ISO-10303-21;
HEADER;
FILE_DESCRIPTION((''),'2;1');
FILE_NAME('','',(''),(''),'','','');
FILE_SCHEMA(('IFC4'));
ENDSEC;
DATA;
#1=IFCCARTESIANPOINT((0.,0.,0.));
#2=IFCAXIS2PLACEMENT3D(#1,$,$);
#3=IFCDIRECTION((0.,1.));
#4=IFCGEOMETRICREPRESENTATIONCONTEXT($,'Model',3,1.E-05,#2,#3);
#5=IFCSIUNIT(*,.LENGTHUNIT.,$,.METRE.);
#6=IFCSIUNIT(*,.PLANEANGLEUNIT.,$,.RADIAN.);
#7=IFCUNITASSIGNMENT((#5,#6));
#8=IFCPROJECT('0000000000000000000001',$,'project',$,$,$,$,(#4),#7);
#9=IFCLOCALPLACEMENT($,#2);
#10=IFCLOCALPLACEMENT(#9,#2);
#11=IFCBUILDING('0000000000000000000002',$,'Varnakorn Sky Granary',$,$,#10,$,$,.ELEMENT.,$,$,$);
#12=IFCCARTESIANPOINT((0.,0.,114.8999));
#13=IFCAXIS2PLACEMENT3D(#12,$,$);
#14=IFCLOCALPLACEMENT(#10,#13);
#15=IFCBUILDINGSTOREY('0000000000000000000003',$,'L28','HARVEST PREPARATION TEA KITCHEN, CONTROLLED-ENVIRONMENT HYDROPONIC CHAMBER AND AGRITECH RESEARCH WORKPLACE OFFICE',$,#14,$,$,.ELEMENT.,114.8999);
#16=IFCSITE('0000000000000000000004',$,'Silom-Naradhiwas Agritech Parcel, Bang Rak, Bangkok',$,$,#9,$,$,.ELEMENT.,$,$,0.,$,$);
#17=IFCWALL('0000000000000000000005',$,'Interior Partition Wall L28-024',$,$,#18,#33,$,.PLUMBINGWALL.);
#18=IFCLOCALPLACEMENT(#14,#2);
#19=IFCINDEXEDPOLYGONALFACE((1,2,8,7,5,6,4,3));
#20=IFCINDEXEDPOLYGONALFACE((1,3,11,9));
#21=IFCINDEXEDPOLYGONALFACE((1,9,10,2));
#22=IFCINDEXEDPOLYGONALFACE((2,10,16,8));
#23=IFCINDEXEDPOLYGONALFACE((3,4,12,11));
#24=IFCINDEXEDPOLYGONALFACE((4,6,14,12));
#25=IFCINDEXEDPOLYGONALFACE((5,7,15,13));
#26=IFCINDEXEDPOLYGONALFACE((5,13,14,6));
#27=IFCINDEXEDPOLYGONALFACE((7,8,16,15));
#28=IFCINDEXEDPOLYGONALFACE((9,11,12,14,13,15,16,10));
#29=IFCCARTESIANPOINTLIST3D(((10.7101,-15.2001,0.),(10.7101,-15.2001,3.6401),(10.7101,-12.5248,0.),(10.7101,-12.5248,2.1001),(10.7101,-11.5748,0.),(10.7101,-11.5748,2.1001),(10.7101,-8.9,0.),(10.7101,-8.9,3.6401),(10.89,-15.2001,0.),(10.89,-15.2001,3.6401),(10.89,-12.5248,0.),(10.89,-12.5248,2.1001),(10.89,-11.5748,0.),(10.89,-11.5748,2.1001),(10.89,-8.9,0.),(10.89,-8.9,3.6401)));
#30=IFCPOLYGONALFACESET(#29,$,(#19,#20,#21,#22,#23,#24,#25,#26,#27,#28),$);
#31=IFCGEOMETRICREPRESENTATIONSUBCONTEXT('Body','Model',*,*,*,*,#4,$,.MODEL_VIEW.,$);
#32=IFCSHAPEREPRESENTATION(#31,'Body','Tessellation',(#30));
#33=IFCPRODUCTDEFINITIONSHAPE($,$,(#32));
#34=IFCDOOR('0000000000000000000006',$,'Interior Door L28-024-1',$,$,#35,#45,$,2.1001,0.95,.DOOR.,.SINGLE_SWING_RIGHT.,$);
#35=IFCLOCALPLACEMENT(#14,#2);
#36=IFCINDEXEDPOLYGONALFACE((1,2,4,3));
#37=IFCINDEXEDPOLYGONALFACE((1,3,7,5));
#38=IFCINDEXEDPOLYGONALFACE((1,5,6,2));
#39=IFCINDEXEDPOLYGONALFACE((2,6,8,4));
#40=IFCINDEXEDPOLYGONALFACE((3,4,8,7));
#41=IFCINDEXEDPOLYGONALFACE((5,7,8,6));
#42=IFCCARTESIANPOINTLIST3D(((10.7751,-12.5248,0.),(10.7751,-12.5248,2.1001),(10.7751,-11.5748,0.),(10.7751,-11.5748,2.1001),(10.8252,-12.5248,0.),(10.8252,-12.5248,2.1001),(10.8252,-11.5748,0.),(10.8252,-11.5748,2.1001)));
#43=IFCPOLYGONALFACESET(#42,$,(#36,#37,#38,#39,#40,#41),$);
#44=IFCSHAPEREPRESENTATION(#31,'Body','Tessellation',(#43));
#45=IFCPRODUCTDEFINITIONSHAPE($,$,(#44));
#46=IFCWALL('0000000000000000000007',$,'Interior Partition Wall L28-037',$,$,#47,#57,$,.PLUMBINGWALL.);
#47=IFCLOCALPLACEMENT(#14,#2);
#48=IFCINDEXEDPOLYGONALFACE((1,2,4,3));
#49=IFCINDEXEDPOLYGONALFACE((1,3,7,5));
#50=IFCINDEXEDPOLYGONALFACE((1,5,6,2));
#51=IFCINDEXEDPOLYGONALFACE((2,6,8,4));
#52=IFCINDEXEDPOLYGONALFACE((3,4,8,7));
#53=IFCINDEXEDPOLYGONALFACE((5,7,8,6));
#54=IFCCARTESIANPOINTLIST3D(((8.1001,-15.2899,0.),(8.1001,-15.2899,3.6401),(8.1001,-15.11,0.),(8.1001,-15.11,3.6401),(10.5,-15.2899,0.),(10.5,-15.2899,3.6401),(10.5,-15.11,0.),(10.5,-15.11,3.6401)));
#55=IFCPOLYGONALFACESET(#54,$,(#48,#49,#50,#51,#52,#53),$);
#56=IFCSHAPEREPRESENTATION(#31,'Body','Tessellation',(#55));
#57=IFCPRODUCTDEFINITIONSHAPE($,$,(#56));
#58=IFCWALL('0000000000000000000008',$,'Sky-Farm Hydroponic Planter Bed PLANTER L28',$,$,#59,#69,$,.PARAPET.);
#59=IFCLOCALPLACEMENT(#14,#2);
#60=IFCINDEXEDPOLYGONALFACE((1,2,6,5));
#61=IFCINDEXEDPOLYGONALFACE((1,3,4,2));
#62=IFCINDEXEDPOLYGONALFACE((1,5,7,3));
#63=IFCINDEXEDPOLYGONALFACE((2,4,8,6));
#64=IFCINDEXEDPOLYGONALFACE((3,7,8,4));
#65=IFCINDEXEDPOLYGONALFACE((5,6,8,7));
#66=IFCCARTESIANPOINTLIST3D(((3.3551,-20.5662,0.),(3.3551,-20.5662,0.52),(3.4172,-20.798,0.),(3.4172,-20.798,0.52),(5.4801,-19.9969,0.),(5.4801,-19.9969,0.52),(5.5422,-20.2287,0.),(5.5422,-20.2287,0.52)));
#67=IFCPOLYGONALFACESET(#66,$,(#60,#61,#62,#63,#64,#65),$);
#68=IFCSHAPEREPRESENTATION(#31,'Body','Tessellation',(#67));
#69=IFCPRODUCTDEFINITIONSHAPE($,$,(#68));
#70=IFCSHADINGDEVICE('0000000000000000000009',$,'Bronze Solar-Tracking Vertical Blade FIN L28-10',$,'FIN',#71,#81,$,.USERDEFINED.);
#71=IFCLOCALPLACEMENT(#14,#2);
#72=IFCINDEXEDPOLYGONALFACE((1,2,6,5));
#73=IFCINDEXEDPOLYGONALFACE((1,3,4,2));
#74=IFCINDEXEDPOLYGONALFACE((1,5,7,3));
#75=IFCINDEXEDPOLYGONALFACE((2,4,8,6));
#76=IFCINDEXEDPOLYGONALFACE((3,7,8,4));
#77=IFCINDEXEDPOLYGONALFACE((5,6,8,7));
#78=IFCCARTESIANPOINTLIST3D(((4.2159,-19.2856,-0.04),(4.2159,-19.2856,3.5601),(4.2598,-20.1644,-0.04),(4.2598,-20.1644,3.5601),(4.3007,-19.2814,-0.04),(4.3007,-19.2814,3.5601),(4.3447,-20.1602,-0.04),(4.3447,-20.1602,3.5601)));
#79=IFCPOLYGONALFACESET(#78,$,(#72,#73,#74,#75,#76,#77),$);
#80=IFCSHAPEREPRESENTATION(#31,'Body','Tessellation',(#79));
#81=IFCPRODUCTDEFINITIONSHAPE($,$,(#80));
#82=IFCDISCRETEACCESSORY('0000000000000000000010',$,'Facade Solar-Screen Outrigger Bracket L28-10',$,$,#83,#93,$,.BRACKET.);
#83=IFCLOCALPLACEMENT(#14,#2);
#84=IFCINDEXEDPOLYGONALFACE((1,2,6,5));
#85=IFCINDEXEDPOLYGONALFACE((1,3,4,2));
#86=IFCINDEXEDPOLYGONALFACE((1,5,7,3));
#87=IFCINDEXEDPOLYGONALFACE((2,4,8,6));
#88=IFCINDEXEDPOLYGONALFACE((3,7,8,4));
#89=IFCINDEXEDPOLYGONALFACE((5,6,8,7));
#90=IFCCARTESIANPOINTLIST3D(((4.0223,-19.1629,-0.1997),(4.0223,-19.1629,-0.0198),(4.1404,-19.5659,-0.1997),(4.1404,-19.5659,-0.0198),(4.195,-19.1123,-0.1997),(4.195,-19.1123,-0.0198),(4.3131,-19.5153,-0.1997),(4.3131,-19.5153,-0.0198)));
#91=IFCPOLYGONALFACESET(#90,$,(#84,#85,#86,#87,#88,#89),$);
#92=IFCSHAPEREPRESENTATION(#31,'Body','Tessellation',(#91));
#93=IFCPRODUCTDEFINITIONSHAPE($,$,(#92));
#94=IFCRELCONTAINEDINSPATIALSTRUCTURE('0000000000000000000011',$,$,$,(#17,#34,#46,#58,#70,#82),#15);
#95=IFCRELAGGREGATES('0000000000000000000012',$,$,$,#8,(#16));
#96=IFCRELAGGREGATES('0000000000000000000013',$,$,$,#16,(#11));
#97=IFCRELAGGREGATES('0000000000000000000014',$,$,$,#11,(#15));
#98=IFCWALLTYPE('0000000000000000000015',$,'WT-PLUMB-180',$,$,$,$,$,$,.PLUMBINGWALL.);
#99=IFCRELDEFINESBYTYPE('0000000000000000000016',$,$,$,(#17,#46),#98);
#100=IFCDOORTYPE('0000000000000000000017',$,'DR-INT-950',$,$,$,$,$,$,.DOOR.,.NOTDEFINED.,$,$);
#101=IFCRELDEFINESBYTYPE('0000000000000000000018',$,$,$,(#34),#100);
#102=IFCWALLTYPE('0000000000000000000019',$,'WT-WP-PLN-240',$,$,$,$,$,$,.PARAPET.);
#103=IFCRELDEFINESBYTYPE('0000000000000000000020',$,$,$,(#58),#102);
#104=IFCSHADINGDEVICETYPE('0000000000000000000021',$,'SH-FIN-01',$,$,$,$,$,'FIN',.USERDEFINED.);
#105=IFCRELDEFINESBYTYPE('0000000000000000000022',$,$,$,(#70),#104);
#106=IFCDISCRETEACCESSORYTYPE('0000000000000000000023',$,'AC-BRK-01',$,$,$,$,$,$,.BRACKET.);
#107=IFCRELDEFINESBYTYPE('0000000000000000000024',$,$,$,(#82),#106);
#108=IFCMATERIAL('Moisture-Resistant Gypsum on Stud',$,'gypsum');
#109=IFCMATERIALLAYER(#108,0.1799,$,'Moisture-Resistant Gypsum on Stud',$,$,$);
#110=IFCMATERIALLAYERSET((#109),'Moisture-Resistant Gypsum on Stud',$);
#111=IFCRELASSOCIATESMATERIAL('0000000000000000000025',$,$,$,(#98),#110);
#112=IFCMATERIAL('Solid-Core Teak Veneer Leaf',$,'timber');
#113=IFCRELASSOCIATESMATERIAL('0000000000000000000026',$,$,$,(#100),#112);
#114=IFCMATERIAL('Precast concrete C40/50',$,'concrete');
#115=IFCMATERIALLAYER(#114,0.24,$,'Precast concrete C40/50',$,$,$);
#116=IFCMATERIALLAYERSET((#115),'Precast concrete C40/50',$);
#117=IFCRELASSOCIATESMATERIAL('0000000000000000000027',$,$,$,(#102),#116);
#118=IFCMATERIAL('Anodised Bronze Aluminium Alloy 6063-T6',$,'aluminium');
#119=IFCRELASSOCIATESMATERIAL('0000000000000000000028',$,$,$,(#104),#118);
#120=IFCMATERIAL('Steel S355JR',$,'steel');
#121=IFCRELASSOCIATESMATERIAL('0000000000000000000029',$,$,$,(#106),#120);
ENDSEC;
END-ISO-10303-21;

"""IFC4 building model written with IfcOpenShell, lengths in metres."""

from ifc_helpers import new_model, si_unit, direction, frame, frame_2d, origin, origin_2d, place, context, subcontext, project, spatial, rectangle, extrude, source, transform, mapped, material, layer, layer_set, type_object, type_shapes, element, fill, save


model = new_model("IFC4")

# Units and contexts
model_context = context("Model", 3, precision=1e-05, world=origin(), true_north=direction((0.0, 1.0)))
body_context = subcontext(model_context, "Body", "Model", "MODEL_VIEW")
ifc_project = project(units=[si_unit("LENGTHUNIT", "METRE"), si_unit("PLANEANGLEUNIT", "RADIAN")], contexts=[model_context])

# Site, building, storey
site_placement = place(None, origin())
site = spatial("IfcSite", under=ifc_project, at=site_placement, Name="Silom-Naradhiwas Agritech Parcel, Bang Rak, Bangkok", CompositionType="ELEMENT", RefElevation=0.0)
building_placement = place(site_placement, origin())
building = spatial("IfcBuilding", under=site, at=building_placement, Name="Varnakorn Sky Granary", CompositionType="ELEMENT")
storey_placement = place(building_placement, frame((0.0, 0.0, 114.8999)))
storey = spatial("IfcBuildingStorey", under=building, at=storey_placement, Name="L28", Description="HARVEST PREPARATION TEA KITCHEN, CONTROLLED-ENVIRONMENT HYDROPONIC CHAMBER AND AGRITECH RESEARCH WORKPLACE OFFICE", CompositionType="ELEMENT", Elevation=114.8999)

# Shared definitions
ifc_material_1 = material(Name="Steel S355JR", Category="steel")

# Shared definitions
ifc_material_2 = material(Name="Anodised Bronze Aluminium Alloy 6063-T6", Category="aluminium")

# Wall, opening, door
ifc_material_3 = material(Name="Moisture-Resistant Gypsum on Stud", Category="gypsum")
ifc_layer_1 = layer(ifc_material_3, 0.1799, Name="Moisture-Resistant Gypsum on Stud")
ifc_layer_set_1 = layer_set([ifc_layer_1], Name="Moisture-Resistant Gypsum on Stud")
wall_type_1 = type_object("IfcWallType", Name="WT-PLUMB-180", PredefinedType="PLUMBINGWALL", material=ifc_layer_set_1)
wall_1_placement = place(storey_placement, frame((10.8, -15.2, 0.0), z_axis=(0.0, 0.0, 1.0), x_axis=(0.0, 1.0, 0.0)))
wall_1 = element("IfcWall", 1, at=wall_1_placement, inside=storey, type_object=wall_type_1, Name="Interior Partition Wall L28-024", PredefinedType="PLUMBINGWALL", context=body_context, shape_type="SweptSolid", body=[
    extrude(rectangle(XDim=6.3, YDim=0.1799, at=frame_2d((3.1499, 0.0))), origin(), (0.0, 0.0, 1.0), 3.6401),
])
opening_placement = place(wall_1_placement, frame((2.675, 0.0, 0.0)))
opening = element("IfcOpeningElement", 2, at=opening_placement, cuts=wall_1, PredefinedType="OPENING", context=body_context, shape_type="SweptSolid", body=[
    extrude(rectangle(XDim=0.95, YDim=2.1001, at=frame_2d((0.4751, 1.05))), frame((0.0, 0.1001, 0.0), z_axis=(0.0, -1.0, 0.0), x_axis=(1.0, 0.0, 0.0)), (0.0, 0.0, 1.0), 0.2),
])
ifc_material_4 = material(Name="Solid-Core Teak Veneer Leaf", Category="timber")
door_type = type_object("IfcDoorType", Name="DR-INT-950", OperationType="NOTDEFINED", PredefinedType="DOOR", material=ifc_material_4)
door_placement = place(opening_placement, origin())
door = element("IfcDoor", 3, at=door_placement, inside=storey, type_object=door_type, Name="Interior Door L28-024-1", OperationType="SINGLE_SWING_RIGHT", OverallHeight=2.1001, OverallWidth=0.95, PredefinedType="DOOR", context=body_context, shape_type="SweptSolid", body=[
    extrude(rectangle(XDim=0.95, YDim=2.1001, at=frame_2d((0.4751, 1.05))), frame((0.0, 0.0249, 0.0), z_axis=(0.0, -1.0, 0.0), x_axis=(1.0, 0.0, 0.0)), (0.0, 0.0, 1.0), 0.05),
])
fill(opening, door)

# Walls
wall_2_placement = place(storey_placement, frame((8.1001, -15.2, 0.0), z_axis=(0.0, 0.0, 1.0), x_axis=(1.0, 0.0, 0.0)))
element("IfcWall", 4, at=wall_2_placement, inside=storey, type_object=wall_type_1, Name="Interior Partition Wall L28-037", PredefinedType="PLUMBINGWALL", context=body_context, shape_type="SweptSolid", body=[
    extrude(rectangle(XDim=2.3999, YDim=0.1799, at=frame_2d((1.2, 0.0))), origin(), (0.0, 0.0, 1.0), 3.6401),
])
ifc_material_5 = material(Name="Precast concrete C40/50", Category="concrete")
ifc_layer_2 = layer(ifc_material_5, 0.24, Name="Precast concrete C40/50")
ifc_layer_set_2 = layer_set([ifc_layer_2], Name="Precast concrete C40/50")
wall_type_2 = type_object("IfcWallType", Name="WT-WP-PLN-240", PredefinedType="PARAPET", material=ifc_layer_set_2)
wall_3_placement = place(storey_placement, frame((3.386, -20.6821, 0.0), z_axis=(0.0, 0.0, 1.0), x_axis=(0.965932, 0.258795, 0.0)))
element("IfcWall", 5, at=wall_3_placement, inside=storey, type_object=wall_type_2, Name="Sky-Farm Hydroponic Planter Bed PLANTER L28", PredefinedType="PARAPET", context=body_context, shape_type="SweptSolid", body=[
    extrude(rectangle(XDim=2.2, YDim=0.24, at=frame_2d((1.1001, 0.0))), origin(), (0.0, 0.0, 1.0), 0.52),
])

# Shading device
shading_device_type = type_object("IfcShadingDeviceType", Name="SH-FIN-01", ElementType="FIN", PredefinedType="USERDEFINED", material=ifc_material_2)
shared_shape_1 = source(origin(), body_context, "Body", "SweptSolid", [
    extrude(rectangle(XDim=0.085, YDim=0.8799, at=origin_2d()), origin(), (0.0, 0.0, 1.0), 3.6001),
])
type_shapes(shading_device_type, [shared_shape_1])
shading_device_placement = place(storey_placement, frame((4.2803, -19.7229, -0.04), z_axis=(0.0, 0.0, 1.0), x_axis=(0.99875, 0.049992, 0.0)))
element("IfcShadingDevice", 6, at=shading_device_placement, inside=storey, type_object=shading_device_type, Name="Bronze Solar-Tracking Vertical Blade FIN L28-10", ObjectType="FIN", PredefinedType="USERDEFINED", context=body_context, shape_type="MappedRepresentation", body=[
    mapped(shared_shape_1, transform((0.0, 0.0, 0.0), x_axis=(1.0, 0.0, 0.0), y_axis=(0.0, 1.0, 0.0), z_axis=(0.0, 0.0, 1.0), scale=1.0)),
])

# Discrete accessory
discrete_accessory_type = type_object("IfcDiscreteAccessoryType", Name="AC-BRK-01", PredefinedType="BRACKET", material=ifc_material_1)
shared_shape_2 = source(origin(), body_context, "Body", "SweptSolid", [
    extrude(rectangle(XDim=0.1799, YDim=0.4199, at=origin_2d()), origin(), (0.0, 0.0, 1.0), 0.1799),
])
type_shapes(discrete_accessory_type, [shared_shape_2])
discrete_accessory_placement = place(storey_placement, frame((4.1677, -19.3391, -0.1997), z_axis=(0.0, 0.0, 1.0), x_axis=(0.959637, 0.281243, 0.0)))
element("IfcDiscreteAccessory", 7, at=discrete_accessory_placement, inside=storey, type_object=discrete_accessory_type, Name="Facade Solar-Screen Outrigger Bracket L28-10", PredefinedType="BRACKET", context=body_context, shape_type="MappedRepresentation", body=[
    mapped(shared_shape_2, transform((0.0, 0.0, 0.0), x_axis=(1.0, 0.0, 0.0), y_axis=(0.0, 1.0, 0.0), z_axis=(0.0, 0.0, 1.0), scale=1.0)),
])

save(model, "model.ifc")
